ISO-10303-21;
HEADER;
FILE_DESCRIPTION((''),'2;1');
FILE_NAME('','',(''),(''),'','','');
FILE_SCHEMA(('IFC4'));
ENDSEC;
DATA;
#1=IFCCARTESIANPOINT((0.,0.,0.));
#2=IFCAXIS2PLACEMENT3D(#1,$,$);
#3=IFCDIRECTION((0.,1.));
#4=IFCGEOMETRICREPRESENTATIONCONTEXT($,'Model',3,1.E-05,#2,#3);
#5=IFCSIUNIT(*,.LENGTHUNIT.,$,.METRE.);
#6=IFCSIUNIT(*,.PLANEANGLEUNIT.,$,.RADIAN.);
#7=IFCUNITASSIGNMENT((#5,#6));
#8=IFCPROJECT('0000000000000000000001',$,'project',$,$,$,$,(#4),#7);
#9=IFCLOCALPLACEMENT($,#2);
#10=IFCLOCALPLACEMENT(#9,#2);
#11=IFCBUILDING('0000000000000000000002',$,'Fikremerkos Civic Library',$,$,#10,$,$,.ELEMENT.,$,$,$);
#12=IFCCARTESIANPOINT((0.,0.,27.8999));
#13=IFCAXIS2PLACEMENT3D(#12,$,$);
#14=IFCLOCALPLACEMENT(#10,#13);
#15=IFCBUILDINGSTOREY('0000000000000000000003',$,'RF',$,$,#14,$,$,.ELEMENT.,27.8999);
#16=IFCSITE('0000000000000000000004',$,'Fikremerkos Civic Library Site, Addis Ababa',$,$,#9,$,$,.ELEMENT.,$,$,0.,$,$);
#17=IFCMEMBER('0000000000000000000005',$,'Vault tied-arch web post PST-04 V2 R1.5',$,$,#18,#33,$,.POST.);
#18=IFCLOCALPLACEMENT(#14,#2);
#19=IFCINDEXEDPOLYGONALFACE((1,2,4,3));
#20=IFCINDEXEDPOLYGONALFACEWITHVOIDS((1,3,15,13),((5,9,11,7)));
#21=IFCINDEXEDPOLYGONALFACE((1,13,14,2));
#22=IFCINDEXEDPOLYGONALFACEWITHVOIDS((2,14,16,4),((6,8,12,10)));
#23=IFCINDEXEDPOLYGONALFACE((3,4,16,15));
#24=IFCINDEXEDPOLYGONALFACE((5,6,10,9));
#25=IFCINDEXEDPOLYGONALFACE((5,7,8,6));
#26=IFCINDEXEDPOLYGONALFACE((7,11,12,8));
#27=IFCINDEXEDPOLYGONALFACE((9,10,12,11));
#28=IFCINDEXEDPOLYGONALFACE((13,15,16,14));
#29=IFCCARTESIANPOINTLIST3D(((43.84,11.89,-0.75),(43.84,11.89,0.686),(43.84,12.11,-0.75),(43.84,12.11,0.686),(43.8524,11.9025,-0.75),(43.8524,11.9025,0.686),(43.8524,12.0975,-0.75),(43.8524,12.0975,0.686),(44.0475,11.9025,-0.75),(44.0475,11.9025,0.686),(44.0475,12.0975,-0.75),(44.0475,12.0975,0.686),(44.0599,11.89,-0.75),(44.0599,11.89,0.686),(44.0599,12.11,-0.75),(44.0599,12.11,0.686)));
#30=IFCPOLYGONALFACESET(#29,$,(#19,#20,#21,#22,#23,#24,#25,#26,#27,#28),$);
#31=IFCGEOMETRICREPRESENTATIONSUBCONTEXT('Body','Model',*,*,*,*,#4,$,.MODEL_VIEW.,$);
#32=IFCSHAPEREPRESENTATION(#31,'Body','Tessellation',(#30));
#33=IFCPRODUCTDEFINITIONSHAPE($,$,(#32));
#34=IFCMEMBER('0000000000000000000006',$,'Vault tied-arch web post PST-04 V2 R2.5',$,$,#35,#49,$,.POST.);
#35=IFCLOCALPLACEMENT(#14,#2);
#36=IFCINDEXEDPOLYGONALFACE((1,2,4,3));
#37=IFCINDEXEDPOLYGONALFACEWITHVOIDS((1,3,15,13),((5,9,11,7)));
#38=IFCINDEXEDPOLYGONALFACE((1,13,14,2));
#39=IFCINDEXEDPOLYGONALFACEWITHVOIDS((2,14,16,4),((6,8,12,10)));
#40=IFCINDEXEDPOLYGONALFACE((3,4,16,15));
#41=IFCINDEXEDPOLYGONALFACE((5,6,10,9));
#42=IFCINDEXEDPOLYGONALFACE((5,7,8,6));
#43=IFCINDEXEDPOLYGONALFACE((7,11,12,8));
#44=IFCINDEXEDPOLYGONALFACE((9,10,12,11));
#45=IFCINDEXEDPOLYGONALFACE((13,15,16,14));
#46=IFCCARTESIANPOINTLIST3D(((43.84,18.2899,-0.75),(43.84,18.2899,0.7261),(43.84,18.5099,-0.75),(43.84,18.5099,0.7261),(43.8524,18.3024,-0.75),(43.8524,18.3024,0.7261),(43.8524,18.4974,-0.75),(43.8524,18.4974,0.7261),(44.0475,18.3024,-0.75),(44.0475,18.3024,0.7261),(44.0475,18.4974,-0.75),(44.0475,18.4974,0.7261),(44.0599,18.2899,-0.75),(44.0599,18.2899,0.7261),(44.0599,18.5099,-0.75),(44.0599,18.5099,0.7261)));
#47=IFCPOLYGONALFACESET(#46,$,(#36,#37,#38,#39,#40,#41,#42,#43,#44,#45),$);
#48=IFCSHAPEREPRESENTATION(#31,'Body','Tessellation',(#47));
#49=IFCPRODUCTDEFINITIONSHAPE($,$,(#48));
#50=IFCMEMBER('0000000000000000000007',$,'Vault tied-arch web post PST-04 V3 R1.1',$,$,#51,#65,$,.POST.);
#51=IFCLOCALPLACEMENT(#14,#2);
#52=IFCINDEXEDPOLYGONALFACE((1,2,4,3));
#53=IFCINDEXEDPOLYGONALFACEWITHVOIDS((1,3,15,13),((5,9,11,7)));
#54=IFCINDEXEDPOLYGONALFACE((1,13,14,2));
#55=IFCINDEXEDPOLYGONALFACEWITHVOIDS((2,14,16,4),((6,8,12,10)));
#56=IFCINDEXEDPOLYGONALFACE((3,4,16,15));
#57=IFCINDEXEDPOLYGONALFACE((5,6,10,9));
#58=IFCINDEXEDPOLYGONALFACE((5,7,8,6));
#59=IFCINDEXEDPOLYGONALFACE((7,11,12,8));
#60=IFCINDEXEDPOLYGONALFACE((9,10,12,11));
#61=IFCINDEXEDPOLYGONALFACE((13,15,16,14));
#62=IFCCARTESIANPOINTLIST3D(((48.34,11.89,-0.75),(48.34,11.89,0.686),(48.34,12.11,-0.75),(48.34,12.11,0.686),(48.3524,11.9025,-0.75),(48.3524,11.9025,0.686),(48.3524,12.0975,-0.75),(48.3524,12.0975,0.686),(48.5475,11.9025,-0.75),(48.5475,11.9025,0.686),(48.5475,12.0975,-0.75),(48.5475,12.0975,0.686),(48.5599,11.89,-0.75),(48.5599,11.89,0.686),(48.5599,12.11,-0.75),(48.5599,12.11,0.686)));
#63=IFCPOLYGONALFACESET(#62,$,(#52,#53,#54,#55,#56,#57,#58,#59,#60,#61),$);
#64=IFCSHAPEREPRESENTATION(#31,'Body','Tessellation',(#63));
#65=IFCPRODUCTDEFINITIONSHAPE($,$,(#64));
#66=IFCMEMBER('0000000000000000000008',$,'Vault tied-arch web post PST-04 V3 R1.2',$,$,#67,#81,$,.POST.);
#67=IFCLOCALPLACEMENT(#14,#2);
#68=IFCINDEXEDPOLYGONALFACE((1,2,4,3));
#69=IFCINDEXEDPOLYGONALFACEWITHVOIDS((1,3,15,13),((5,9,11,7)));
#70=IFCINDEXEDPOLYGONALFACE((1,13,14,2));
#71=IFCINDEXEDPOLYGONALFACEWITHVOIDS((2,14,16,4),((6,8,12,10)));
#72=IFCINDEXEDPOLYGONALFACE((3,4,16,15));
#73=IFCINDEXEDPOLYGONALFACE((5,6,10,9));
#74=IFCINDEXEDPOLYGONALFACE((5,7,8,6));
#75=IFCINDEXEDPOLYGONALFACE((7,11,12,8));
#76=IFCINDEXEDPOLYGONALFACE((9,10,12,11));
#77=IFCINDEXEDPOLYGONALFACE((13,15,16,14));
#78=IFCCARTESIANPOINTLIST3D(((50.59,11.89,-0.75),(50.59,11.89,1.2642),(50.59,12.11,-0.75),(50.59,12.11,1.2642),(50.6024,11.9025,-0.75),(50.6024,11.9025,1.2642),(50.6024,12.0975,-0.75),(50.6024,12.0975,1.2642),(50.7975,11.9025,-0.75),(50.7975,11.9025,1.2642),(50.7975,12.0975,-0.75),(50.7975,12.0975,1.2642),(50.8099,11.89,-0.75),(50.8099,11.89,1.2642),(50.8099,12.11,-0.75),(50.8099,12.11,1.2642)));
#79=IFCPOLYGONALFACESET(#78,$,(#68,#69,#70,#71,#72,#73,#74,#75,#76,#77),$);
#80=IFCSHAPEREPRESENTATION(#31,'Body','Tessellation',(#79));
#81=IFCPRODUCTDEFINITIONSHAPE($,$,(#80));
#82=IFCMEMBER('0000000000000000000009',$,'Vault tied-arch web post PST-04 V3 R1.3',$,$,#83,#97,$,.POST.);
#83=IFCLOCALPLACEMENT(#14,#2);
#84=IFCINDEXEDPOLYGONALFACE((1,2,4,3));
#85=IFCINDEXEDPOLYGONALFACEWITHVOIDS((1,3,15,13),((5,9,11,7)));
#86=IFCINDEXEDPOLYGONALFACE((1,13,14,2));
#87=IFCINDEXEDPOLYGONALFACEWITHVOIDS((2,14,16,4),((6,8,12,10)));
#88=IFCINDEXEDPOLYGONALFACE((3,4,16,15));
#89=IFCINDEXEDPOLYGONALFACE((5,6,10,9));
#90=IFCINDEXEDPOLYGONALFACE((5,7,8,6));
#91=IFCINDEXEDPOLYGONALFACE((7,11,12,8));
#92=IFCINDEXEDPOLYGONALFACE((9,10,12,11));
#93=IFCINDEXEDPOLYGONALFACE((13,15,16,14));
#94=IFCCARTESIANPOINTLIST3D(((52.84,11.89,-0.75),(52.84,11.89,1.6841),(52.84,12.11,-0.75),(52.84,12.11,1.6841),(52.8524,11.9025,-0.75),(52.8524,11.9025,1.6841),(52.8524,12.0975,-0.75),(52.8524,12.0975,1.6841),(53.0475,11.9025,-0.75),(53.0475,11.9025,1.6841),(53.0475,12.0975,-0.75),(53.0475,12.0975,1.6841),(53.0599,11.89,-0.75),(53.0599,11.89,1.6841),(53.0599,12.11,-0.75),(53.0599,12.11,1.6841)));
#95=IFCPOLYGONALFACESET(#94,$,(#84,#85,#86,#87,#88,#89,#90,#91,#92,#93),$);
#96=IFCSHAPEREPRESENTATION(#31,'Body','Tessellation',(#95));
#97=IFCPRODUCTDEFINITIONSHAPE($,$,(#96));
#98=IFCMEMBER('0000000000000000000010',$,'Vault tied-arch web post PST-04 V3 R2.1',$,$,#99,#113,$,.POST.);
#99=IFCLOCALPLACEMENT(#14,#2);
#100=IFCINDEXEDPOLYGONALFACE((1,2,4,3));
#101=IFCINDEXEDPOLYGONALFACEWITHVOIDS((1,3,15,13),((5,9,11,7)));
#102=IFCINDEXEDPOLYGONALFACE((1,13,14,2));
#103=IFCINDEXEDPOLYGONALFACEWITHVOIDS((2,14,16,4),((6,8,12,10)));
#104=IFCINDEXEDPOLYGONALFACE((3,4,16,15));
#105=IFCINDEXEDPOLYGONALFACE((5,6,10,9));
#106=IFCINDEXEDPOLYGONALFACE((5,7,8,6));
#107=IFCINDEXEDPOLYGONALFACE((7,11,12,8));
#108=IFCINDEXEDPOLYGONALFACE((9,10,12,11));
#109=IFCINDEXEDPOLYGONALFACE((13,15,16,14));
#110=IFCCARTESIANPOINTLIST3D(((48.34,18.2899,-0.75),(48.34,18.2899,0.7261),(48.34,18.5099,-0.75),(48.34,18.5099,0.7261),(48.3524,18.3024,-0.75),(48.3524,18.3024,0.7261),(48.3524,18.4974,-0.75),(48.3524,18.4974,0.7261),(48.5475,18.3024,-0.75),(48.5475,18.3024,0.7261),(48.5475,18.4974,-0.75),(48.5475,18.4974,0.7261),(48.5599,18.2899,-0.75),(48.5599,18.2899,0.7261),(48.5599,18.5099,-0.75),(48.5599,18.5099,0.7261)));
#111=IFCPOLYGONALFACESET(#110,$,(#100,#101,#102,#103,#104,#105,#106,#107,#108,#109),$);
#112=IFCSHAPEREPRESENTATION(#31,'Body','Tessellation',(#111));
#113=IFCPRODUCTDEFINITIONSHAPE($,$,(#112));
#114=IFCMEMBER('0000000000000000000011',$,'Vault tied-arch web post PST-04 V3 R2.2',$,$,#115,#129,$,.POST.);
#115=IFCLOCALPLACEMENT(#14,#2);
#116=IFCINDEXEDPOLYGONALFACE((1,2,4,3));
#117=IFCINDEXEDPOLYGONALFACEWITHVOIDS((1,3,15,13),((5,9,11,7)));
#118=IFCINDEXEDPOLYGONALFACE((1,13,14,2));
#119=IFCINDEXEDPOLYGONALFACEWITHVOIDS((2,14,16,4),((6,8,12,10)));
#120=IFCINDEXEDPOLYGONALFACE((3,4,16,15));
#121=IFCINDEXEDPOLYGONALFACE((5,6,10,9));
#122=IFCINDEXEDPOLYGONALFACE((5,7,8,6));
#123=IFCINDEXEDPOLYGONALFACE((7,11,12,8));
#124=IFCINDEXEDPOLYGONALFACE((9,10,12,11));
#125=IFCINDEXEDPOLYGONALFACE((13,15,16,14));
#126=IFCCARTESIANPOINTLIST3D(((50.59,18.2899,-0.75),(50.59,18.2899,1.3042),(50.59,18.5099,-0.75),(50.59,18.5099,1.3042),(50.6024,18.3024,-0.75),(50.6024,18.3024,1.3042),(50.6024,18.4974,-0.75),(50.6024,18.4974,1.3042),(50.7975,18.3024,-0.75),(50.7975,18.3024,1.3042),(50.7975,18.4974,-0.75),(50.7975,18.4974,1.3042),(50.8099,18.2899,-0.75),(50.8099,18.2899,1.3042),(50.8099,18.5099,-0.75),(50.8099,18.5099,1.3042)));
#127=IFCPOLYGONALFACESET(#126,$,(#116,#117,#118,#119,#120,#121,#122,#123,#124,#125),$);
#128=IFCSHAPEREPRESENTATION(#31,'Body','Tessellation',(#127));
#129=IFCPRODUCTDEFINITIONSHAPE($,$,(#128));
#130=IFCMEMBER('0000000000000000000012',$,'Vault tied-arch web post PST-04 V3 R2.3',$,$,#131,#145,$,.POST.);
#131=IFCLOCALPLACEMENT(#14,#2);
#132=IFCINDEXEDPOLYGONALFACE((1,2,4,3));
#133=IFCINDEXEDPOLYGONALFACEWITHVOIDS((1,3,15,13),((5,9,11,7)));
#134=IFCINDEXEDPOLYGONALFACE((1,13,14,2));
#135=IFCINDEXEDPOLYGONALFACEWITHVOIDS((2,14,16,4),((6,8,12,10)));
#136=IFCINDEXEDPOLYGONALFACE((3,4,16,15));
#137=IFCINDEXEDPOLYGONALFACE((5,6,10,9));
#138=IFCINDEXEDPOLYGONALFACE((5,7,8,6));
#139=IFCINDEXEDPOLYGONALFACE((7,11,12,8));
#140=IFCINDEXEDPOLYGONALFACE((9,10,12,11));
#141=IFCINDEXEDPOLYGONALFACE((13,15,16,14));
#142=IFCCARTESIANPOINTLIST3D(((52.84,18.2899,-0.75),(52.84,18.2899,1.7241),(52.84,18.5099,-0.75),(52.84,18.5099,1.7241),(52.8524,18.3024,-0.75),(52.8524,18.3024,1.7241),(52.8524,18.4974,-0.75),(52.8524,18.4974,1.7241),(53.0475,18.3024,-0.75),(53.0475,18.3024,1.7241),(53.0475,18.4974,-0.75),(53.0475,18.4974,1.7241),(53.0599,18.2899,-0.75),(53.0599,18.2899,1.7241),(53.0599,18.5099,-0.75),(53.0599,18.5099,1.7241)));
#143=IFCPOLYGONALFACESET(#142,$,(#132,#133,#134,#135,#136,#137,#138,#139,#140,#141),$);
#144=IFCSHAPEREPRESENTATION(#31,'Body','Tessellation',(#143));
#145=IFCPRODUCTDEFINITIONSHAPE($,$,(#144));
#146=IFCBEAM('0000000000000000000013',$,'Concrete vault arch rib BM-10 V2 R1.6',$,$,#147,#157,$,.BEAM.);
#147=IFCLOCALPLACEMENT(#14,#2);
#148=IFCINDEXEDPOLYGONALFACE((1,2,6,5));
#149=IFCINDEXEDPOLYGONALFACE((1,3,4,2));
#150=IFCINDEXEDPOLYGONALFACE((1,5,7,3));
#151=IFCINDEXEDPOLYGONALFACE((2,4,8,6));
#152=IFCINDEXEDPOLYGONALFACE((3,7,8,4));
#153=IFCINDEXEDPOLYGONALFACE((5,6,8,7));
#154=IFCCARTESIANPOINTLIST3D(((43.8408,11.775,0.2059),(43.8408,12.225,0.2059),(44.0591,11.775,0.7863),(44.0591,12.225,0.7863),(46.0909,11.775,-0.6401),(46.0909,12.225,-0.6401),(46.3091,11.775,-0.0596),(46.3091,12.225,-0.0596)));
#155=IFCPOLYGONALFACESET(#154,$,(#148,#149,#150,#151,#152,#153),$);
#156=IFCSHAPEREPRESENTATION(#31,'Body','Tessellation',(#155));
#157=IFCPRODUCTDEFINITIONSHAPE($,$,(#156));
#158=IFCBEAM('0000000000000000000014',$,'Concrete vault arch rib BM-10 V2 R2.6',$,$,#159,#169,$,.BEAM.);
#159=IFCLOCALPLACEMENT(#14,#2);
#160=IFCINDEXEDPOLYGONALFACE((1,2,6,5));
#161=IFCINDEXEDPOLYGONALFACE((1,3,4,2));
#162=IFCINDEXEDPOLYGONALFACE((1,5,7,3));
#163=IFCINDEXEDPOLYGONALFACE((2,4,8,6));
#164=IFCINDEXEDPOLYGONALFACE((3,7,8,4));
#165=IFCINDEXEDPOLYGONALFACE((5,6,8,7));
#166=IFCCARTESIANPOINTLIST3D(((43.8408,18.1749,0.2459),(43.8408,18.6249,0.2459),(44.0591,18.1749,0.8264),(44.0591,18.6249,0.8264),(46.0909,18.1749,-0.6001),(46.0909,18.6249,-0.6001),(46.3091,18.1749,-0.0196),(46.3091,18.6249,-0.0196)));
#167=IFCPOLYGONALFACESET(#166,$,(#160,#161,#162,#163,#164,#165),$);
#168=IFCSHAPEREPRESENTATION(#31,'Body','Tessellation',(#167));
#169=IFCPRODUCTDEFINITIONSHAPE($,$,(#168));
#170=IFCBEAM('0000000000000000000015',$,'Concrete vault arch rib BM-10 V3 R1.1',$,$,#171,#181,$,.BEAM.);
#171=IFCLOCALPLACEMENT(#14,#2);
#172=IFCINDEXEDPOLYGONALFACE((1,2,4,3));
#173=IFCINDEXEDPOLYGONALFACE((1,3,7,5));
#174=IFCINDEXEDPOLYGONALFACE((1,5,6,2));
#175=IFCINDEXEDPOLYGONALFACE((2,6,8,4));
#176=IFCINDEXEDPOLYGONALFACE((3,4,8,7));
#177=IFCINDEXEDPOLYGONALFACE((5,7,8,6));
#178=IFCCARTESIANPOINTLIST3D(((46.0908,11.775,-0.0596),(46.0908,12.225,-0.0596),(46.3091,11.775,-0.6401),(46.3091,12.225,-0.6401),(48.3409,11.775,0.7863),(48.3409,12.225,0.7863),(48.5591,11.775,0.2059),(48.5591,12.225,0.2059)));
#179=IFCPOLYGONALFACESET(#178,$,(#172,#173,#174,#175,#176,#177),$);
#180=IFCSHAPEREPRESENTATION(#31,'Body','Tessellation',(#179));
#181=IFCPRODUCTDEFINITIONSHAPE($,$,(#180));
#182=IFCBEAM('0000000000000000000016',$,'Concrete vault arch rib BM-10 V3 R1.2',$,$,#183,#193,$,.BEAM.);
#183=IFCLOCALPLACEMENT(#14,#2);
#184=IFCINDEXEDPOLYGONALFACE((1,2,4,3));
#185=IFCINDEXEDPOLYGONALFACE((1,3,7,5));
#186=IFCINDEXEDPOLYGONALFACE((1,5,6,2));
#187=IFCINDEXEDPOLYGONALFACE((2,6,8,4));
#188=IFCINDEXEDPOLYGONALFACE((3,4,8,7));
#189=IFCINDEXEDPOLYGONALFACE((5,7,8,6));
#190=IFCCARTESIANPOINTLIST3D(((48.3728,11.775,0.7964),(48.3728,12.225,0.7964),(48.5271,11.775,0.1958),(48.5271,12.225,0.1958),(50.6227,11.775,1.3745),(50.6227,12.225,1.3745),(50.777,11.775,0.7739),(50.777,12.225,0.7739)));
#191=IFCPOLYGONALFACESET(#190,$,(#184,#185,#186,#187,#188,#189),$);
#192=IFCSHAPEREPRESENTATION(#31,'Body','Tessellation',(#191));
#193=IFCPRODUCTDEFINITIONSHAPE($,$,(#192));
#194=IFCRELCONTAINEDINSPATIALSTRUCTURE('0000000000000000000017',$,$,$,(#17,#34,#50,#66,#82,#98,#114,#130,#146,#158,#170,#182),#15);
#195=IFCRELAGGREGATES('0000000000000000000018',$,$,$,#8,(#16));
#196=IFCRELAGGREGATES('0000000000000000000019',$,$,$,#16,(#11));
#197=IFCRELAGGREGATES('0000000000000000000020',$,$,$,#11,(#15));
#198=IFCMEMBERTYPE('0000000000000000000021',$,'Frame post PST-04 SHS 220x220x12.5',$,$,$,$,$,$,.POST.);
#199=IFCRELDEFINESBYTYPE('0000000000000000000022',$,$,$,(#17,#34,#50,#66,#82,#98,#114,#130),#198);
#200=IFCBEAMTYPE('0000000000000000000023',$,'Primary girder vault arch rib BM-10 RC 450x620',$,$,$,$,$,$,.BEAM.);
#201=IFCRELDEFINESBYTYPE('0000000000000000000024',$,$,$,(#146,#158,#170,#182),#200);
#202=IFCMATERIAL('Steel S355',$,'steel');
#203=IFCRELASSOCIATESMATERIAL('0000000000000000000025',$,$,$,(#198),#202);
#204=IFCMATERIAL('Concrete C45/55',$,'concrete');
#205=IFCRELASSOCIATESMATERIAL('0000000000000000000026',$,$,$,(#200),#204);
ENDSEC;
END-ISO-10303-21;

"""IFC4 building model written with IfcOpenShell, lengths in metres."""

from ifc_helpers import new_model, si_unit, direction, frame, origin, origin_2d, place, context, subcontext, project, spatial, rectangle, hollow_rectangle, extrude, material, material_profile, profile_set, type_object, element, save


model = new_model("IFC4")

# Units and contexts
model_context = context("Model", 3, precision=1e-05, world=origin(), true_north=direction((0.0, 1.0)))
body_context = subcontext(model_context, "Body", "Model", "MODEL_VIEW")
ifc_project = project(units=[si_unit("LENGTHUNIT", "METRE"), si_unit("PLANEANGLEUNIT", "RADIAN")], contexts=[model_context])

# Site, building, storey
site_placement = place(None, origin())
site = spatial("IfcSite", under=ifc_project, at=site_placement, Name="Fikremerkos Civic Library Site, Addis Ababa", CompositionType="ELEMENT", RefElevation=0.0)
building_placement = place(site_placement, origin())
building = spatial("IfcBuilding", under=site, at=building_placement, Name="Fikremerkos Civic Library", CompositionType="ELEMENT")
storey_placement = place(building_placement, frame((0.0, 0.0, 27.8999)))
storey = spatial("IfcBuildingStorey", under=building, at=storey_placement, Name="RF", CompositionType="ELEMENT", Elevation=27.8999)

# Members
ifc_material_1 = material(Name="Steel S355", Category="steel")
ifc_material_profile_1 = material_profile(ifc_material_1, hollow_rectangle(XDim=0.22, YDim=0.22, WallThickness=0.0125, at=origin_2d()), Name="SHS 220x220x12.5")
ifc_profile_set_1 = profile_set([ifc_material_profile_1], Name="Steel S355")
member_type_1 = type_object("IfcMemberType", Name="Frame post PST-04 SHS 220x220x12.5", PredefinedType="POST", material=ifc_profile_set_1)
member_1_placement = place(storey_placement, frame((43.95, 12.0, -0.75), z_axis=(0.0, 0.0, 1.0), x_axis=(1.0, 0.0, 0.0)))
element("IfcMember", 1, at=member_1_placement, inside=storey, type_object=member_type_1, Name="Vault tied-arch web post PST-04 V2 R1.5", PredefinedType="POST", context=body_context, shape_type="SweptSolid", body=[
    extrude(hollow_rectangle(XDim=0.22, YDim=0.22, WallThickness=0.0125, at=origin_2d()), origin(), (0.0, 0.0, 1.0), 1.436),
])
member_2_placement = place(storey_placement, frame((43.95, 18.3999, -0.75), z_axis=(0.0, 0.0, 1.0), x_axis=(1.0, 0.0, 0.0)))
element("IfcMember", 2, at=member_2_placement, inside=storey, type_object=member_type_1, Name="Vault tied-arch web post PST-04 V2 R2.5", PredefinedType="POST", context=body_context, shape_type="SweptSolid", body=[
    extrude(hollow_rectangle(XDim=0.22, YDim=0.22, WallThickness=0.0125, at=origin_2d()), origin(), (0.0, 0.0, 1.0), 1.4761),
])
member_3_placement = place(storey_placement, frame((48.45, 12.0, -0.75), z_axis=(0.0, 0.0, 1.0), x_axis=(1.0, 0.0, 0.0)))
element("IfcMember", 3, at=member_3_placement, inside=storey, type_object=member_type_1, Name="Vault tied-arch web post PST-04 V3 R1.1", PredefinedType="POST", context=body_context, shape_type="SweptSolid", body=[
    extrude(hollow_rectangle(XDim=0.22, YDim=0.22, WallThickness=0.0125, at=origin_2d()), origin(), (0.0, 0.0, 1.0), 1.436),
])
member_4_placement = place(storey_placement, frame((50.7, 12.0, -0.75), z_axis=(0.0, 0.0, 1.0), x_axis=(1.0, 0.0, 0.0)))
element("IfcMember", 4, at=member_4_placement, inside=storey, type_object=member_type_1, Name="Vault tied-arch web post PST-04 V3 R1.2", PredefinedType="POST", context=body_context, shape_type="SweptSolid", body=[
    extrude(hollow_rectangle(XDim=0.22, YDim=0.22, WallThickness=0.0125, at=origin_2d()), origin(), (0.0, 0.0, 1.0), 2.0142),
])
member_5_placement = place(storey_placement, frame((52.95, 12.0, -0.75), z_axis=(0.0, 0.0, 1.0), x_axis=(1.0, 0.0, 0.0)))
element("IfcMember", 5, at=member_5_placement, inside=storey, type_object=member_type_1, Name="Vault tied-arch web post PST-04 V3 R1.3", PredefinedType="POST", context=body_context, shape_type="SweptSolid", body=[
    extrude(hollow_rectangle(XDim=0.22, YDim=0.22, WallThickness=0.0125, at=origin_2d()), origin(), (0.0, 0.0, 1.0), 2.4341),
])
member_6_placement = place(storey_placement, frame((48.45, 18.3999, -0.75), z_axis=(0.0, 0.0, 1.0), x_axis=(1.0, 0.0, 0.0)))
element("IfcMember", 6, at=member_6_placement, inside=storey, type_object=member_type_1, Name="Vault tied-arch web post PST-04 V3 R2.1", PredefinedType="POST", context=body_context, shape_type="SweptSolid", body=[
    extrude(hollow_rectangle(XDim=0.22, YDim=0.22, WallThickness=0.0125, at=origin_2d()), origin(), (0.0, 0.0, 1.0), 1.4761),
])
member_7_placement = place(storey_placement, frame((50.7, 18.3999, -0.75), z_axis=(0.0, 0.0, 1.0), x_axis=(1.0, 0.0, 0.0)))
element("IfcMember", 7, at=member_7_placement, inside=storey, type_object=member_type_1, Name="Vault tied-arch web post PST-04 V3 R2.2", PredefinedType="POST", context=body_context, shape_type="SweptSolid", body=[
    extrude(hollow_rectangle(XDim=0.22, YDim=0.22, WallThickness=0.0125, at=origin_2d()), origin(), (0.0, 0.0, 1.0), 2.0542),
])
member_8_placement = place(storey_placement, frame((52.95, 18.3999, -0.75), z_axis=(0.0, 0.0, 1.0), x_axis=(1.0, 0.0, 0.0)))
element("IfcMember", 8, at=member_8_placement, inside=storey, type_object=member_type_1, Name="Vault tied-arch web post PST-04 V3 R2.3", PredefinedType="POST", context=body_context, shape_type="SweptSolid", body=[
    extrude(hollow_rectangle(XDim=0.22, YDim=0.22, WallThickness=0.0125, at=origin_2d()), origin(), (0.0, 0.0, 1.0), 2.4741),
])

# Beams
ifc_material_2 = material(Name="Concrete C45/55", Category="concrete")
ifc_material_profile_2 = material_profile(ifc_material_2, rectangle(XDim=0.45, YDim=0.6201, at=origin_2d()), Name="RC 450x620")
ifc_profile_set_2 = profile_set([ifc_material_profile_2], Name="Concrete C45/55")
beam_type_1 = type_object("IfcBeamType", Name="Primary girder vault arch rib BM-10 RC 450x620", PredefinedType="BEAM", material=ifc_profile_set_2)
for number, where, z_axis, x_axis, name in (
    (9, (43.95, 12.0, 0.4961), (0.936028, 0.0, -0.351925), (0.0, 1.0, 0.0), "Concrete vault arch rib BM-10 V2 R1.6"),
    (10, (43.95, 18.3999, 0.5361), (0.936028, 0.0, -0.351925), (0.0, 1.0, 0.0), "Concrete vault arch rib BM-10 V2 R2.6"),
    (11, (46.2, 12.0, -0.3499), (0.936028, 0.0, 0.351925), (0.0, 1.0, 0.0), "Concrete vault arch rib BM-10 V3 R1.1"),
):
    element("IfcBeam", number, at=place(storey_placement, frame(where, z_axis=z_axis, x_axis=x_axis)), inside=storey, type_object=beam_type_1, Name=name, PredefinedType="BEAM", context=body_context, shape_type="SweptSolid", body=[
        extrude(rectangle(XDim=0.45, YDim=0.6201, at=origin_2d()), origin(), (0.0, 0.0, 1.0), 2.4038),
    ])
beam_1_placement = place(storey_placement, frame((48.45, 12.0, 0.4961), z_axis=(0.968539, 0.0, 0.248861), x_axis=(0.0, 1.0, 0.0)))
element("IfcBeam", 12, at=beam_1_placement, inside=storey, type_object=beam_type_1, Name="Concrete vault arch rib BM-10 V3 R1.2", PredefinedType="BEAM", context=body_context, shape_type="SweptSolid", body=[
    extrude(rectangle(XDim=0.45, YDim=0.6201, at=origin_2d()), origin(), (0.0, 0.0, 1.0), 2.323),
])

save(model, "model.ifc")
